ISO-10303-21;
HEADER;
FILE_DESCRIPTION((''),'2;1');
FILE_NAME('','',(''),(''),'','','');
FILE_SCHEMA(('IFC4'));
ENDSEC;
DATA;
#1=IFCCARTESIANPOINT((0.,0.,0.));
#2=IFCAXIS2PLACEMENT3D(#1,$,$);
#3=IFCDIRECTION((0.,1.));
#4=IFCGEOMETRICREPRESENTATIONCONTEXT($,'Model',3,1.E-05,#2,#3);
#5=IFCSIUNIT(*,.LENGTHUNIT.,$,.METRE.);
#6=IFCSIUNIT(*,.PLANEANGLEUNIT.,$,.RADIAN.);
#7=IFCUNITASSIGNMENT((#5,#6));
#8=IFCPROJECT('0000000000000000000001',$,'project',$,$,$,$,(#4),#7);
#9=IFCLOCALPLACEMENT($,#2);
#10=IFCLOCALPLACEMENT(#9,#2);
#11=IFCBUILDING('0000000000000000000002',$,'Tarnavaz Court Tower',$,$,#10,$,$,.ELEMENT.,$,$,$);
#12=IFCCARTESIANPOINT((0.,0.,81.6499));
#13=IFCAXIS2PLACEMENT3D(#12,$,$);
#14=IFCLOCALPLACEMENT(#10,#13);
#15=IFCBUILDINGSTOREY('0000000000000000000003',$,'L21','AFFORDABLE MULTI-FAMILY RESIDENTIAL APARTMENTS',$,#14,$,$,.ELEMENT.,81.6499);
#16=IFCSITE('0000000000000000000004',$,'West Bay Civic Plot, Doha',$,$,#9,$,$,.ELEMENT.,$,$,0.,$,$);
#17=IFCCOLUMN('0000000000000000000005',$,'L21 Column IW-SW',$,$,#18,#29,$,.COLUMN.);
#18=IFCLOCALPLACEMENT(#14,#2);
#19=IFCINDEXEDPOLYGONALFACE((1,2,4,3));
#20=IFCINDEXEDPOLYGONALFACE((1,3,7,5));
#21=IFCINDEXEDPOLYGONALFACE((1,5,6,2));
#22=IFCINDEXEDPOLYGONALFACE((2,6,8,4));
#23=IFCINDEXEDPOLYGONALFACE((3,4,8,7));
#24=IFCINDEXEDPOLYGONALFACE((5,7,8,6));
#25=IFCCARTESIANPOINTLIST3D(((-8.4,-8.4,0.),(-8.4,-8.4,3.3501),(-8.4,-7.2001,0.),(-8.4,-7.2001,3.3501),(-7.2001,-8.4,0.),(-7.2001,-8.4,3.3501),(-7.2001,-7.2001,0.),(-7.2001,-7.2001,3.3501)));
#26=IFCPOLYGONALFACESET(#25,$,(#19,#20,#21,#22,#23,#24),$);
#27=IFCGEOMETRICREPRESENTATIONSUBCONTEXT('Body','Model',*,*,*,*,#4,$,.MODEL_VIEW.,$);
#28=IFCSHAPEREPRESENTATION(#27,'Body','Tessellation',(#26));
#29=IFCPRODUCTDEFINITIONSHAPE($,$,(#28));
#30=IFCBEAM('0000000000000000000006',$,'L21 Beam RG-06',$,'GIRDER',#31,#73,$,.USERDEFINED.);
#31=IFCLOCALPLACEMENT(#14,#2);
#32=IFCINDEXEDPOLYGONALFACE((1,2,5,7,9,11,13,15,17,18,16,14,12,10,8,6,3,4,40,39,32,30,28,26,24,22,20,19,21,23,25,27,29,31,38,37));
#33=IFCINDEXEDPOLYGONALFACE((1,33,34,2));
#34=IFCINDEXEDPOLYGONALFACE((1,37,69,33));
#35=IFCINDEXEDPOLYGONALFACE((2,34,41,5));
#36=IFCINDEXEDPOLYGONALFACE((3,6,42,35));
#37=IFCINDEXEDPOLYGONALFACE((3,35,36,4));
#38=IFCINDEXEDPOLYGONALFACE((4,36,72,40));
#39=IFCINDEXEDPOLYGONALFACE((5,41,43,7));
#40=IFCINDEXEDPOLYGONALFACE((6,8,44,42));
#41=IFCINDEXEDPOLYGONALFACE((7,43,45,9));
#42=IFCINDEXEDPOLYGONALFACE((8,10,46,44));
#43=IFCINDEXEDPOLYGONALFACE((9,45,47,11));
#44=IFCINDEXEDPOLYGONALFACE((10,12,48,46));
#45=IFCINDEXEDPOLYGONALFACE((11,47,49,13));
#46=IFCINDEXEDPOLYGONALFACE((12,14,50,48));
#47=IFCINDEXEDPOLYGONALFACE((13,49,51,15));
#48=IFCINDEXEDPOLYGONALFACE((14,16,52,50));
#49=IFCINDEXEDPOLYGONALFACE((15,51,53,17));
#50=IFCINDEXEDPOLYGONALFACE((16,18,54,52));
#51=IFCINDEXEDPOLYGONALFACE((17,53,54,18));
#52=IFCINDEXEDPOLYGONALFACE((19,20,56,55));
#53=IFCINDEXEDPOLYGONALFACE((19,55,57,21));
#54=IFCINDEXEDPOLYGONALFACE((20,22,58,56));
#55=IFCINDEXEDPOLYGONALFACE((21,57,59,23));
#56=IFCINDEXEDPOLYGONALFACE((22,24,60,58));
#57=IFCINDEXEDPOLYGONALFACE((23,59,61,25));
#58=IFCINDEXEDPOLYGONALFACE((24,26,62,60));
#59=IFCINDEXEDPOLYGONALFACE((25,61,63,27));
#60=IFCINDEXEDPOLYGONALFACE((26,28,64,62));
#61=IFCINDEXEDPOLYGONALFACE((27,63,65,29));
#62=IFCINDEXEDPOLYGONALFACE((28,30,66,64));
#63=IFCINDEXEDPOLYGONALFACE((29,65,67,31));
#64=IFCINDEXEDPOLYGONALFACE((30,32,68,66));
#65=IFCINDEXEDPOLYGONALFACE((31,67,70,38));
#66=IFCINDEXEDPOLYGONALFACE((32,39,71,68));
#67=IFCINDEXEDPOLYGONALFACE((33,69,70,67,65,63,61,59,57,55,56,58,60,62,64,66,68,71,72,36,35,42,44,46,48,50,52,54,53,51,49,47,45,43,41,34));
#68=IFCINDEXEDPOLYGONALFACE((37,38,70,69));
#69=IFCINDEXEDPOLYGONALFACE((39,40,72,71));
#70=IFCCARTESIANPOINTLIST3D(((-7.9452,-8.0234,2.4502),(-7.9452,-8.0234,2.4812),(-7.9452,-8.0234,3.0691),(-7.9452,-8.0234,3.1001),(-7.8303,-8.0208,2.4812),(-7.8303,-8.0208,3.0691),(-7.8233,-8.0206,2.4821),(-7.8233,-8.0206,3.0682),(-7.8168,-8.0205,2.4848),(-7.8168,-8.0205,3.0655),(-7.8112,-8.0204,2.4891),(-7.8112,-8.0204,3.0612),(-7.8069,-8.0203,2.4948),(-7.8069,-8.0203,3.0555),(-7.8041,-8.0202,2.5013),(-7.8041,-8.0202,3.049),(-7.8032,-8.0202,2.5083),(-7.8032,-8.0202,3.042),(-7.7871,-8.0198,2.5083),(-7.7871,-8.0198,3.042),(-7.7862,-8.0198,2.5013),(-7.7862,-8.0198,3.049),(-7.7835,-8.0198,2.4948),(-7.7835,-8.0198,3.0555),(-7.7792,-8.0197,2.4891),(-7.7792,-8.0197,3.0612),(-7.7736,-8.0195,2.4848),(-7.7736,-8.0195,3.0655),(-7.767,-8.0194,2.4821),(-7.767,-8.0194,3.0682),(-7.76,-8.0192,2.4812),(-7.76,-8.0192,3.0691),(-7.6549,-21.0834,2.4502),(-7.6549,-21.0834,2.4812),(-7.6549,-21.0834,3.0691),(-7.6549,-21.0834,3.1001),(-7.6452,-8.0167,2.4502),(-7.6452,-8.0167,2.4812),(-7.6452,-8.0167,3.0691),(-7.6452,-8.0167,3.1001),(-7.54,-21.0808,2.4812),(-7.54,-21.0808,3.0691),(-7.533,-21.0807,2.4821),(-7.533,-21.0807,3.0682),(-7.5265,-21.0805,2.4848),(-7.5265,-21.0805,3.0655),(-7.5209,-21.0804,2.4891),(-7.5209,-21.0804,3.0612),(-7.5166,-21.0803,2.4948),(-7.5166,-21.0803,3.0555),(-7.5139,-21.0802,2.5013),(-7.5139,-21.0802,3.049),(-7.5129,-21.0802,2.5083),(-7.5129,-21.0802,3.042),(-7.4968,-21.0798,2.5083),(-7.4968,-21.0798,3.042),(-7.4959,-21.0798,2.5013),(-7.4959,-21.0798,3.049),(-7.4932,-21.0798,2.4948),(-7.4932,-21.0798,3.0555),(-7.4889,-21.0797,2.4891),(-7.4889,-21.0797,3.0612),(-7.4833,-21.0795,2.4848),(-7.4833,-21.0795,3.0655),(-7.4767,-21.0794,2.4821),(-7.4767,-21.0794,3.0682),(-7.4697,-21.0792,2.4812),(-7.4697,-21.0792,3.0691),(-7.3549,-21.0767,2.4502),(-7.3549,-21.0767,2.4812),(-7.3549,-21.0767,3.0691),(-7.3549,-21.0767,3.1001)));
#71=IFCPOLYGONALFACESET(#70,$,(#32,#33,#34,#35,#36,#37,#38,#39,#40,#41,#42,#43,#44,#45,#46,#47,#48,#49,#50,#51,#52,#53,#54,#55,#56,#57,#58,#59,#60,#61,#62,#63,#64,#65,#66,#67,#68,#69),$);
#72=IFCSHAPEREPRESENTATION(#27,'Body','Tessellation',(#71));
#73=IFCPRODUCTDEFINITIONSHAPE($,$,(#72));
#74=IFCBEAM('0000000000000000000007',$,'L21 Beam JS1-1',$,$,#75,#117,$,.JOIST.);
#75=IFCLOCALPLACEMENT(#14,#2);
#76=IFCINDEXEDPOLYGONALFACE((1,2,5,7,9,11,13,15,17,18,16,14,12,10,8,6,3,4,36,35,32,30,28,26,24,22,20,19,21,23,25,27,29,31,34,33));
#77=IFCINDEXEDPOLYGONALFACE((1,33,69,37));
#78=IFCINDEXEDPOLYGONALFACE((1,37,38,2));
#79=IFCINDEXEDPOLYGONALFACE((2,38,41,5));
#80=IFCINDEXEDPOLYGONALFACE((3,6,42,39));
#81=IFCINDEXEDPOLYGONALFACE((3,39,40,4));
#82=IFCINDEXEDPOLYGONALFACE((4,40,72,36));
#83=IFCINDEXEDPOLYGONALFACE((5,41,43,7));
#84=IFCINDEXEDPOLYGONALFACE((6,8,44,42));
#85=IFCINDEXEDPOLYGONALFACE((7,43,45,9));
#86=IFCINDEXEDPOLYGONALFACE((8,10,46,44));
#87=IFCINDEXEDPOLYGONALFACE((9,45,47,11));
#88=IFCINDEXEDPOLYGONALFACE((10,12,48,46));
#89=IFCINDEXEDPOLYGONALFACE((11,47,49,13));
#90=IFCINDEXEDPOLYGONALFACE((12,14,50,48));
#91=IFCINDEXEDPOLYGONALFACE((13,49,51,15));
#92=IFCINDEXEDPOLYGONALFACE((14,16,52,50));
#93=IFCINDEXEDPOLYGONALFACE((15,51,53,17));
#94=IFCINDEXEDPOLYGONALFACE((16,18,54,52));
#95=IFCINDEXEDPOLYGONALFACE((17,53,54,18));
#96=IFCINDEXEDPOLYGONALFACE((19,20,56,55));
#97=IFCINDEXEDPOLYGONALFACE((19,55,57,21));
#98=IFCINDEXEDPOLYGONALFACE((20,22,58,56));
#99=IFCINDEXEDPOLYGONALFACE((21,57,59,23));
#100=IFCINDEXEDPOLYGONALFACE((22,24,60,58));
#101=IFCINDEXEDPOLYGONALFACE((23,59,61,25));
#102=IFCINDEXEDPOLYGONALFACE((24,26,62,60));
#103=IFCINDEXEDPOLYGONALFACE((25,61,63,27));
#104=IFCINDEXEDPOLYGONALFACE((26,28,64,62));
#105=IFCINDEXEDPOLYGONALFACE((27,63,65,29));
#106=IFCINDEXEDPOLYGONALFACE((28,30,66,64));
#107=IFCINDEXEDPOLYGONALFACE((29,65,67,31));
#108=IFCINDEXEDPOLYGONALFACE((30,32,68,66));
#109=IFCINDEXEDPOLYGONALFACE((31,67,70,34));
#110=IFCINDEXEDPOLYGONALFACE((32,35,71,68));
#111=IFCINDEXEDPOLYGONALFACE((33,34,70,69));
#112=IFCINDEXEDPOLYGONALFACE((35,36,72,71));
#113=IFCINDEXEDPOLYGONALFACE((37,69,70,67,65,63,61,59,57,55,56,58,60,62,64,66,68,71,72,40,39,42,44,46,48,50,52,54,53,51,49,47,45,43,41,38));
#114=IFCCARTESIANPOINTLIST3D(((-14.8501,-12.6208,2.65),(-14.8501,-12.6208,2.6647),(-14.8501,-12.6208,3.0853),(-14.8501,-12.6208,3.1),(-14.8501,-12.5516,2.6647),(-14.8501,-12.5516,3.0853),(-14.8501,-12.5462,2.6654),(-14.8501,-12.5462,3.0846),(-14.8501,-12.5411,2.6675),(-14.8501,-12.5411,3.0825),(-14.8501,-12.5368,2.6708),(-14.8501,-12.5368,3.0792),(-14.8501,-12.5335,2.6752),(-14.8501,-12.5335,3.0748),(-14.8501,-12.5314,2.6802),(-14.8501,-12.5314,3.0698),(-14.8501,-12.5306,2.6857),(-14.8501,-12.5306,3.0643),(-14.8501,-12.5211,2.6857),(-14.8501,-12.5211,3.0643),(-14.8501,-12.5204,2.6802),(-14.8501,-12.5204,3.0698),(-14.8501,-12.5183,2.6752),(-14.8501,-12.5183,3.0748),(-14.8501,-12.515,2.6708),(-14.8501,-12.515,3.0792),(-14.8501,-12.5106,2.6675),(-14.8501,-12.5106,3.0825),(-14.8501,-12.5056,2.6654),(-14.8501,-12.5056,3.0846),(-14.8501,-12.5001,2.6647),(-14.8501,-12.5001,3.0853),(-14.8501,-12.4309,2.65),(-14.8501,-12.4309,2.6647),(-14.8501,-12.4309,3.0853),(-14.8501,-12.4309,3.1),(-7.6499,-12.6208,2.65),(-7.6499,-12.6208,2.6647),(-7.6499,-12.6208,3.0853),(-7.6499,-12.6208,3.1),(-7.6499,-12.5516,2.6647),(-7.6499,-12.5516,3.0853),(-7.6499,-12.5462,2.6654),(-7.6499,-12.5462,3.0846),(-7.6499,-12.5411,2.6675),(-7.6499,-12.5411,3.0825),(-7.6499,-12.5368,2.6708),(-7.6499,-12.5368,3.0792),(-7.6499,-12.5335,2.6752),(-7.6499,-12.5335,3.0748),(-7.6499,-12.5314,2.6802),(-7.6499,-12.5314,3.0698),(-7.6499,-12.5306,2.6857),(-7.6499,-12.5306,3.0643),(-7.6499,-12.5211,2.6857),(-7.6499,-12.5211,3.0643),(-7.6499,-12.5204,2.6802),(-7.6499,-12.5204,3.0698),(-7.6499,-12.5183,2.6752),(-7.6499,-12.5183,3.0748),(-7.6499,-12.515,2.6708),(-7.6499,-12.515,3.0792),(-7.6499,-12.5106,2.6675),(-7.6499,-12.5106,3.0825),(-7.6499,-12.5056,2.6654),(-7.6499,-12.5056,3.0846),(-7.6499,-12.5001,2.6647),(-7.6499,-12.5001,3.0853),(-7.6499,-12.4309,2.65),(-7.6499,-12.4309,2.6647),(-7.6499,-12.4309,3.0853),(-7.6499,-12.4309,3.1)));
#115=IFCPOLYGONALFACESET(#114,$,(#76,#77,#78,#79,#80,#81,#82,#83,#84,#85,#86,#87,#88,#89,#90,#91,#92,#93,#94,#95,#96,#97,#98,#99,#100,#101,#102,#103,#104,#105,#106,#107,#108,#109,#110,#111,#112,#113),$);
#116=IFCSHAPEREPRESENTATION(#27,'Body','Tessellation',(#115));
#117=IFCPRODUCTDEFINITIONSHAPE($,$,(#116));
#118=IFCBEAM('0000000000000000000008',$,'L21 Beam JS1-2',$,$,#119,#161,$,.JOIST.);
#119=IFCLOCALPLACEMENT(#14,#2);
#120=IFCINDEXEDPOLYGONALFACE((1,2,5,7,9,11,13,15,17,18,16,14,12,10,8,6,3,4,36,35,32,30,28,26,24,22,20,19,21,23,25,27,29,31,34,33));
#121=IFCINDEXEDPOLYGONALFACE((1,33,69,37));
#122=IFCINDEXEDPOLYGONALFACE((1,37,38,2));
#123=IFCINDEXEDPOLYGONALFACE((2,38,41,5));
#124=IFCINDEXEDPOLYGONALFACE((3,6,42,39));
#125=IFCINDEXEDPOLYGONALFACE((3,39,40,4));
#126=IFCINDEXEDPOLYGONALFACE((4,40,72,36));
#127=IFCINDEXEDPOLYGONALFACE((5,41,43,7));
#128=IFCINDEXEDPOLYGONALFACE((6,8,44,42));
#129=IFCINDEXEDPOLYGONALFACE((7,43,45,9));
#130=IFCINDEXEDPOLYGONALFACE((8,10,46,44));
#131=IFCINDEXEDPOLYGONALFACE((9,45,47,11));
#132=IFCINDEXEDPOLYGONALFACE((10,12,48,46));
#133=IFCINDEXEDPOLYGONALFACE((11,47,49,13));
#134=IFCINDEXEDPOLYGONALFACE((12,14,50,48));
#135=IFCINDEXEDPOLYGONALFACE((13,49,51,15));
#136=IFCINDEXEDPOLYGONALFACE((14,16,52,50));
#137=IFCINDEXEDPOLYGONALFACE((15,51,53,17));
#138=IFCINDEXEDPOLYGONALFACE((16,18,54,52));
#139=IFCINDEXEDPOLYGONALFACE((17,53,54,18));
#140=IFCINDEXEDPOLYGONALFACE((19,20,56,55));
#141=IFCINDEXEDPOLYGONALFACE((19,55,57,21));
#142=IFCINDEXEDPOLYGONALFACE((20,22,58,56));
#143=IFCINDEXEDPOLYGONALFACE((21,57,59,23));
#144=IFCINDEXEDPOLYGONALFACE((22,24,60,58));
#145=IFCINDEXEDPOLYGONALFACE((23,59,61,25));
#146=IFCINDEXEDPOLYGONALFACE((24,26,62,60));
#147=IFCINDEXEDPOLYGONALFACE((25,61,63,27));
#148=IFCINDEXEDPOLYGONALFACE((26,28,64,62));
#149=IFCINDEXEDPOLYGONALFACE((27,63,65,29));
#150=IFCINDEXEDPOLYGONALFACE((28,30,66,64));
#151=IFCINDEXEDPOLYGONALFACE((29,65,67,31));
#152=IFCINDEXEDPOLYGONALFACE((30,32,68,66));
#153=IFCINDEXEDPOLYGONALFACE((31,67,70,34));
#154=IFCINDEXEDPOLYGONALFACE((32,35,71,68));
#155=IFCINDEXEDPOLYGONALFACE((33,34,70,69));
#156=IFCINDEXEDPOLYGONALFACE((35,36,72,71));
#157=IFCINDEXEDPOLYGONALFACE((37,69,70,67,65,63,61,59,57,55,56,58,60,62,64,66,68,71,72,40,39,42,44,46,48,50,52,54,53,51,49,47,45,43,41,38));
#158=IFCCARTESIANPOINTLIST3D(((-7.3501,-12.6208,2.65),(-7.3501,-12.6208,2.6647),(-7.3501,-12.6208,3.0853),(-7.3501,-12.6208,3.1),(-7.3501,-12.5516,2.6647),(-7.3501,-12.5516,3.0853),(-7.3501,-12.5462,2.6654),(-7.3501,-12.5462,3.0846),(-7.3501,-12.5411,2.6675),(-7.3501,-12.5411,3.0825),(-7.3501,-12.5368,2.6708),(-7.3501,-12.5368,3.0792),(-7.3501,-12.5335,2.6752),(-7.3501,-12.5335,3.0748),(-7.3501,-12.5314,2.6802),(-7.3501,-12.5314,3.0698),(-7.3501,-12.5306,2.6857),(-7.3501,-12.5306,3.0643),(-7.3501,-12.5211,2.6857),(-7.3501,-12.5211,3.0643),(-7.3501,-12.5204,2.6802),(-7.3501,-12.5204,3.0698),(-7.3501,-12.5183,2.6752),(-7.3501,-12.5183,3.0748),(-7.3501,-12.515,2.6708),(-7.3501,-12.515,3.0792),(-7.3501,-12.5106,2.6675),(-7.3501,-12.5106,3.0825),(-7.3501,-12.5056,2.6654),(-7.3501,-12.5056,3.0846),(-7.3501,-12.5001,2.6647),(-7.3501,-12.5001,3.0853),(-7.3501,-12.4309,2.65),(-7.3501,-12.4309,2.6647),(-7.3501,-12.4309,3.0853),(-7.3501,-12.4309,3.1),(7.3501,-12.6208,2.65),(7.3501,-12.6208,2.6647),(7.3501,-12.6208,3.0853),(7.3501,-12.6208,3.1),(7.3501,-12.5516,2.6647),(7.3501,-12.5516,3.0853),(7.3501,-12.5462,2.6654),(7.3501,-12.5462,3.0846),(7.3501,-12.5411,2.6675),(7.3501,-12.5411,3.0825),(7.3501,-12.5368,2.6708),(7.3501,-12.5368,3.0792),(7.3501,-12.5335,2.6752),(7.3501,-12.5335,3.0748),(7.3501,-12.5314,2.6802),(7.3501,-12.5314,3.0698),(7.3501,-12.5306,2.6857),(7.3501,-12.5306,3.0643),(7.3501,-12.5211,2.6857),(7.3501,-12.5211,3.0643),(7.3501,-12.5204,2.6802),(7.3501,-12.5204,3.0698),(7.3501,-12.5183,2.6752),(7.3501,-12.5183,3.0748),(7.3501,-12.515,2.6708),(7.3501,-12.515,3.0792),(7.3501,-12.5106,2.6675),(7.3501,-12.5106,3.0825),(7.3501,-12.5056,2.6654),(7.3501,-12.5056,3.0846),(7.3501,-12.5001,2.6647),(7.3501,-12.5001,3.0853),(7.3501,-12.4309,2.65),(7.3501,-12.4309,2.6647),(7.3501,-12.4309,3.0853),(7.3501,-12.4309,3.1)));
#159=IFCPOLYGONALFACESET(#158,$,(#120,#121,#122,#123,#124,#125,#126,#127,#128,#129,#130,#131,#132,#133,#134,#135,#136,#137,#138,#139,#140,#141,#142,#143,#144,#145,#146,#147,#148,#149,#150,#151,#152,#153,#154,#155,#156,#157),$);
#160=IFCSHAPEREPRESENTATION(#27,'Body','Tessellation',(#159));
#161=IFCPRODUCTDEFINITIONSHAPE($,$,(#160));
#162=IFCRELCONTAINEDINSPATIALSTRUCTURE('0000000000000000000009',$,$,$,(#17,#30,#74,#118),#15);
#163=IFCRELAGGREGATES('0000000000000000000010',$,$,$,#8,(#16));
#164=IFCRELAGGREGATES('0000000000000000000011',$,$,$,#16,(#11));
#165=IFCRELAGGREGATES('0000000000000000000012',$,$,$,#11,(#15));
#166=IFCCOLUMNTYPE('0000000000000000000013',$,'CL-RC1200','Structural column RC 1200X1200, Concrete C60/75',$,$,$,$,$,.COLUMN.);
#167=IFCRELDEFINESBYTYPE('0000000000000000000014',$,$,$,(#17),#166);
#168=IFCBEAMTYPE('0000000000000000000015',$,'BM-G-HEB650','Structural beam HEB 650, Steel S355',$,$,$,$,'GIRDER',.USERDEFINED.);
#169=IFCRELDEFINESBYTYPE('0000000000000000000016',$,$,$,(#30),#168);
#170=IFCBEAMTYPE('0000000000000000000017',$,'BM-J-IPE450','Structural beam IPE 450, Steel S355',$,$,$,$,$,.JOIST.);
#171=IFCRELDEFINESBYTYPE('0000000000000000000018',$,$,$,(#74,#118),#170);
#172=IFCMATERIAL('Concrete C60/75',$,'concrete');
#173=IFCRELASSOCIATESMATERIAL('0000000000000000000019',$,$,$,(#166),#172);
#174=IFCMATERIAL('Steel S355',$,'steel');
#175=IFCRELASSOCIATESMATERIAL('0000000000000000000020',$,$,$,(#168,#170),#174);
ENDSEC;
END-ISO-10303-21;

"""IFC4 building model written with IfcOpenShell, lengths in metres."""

from ifc_helpers import new_model, si_unit, direction, frame, origin, origin_2d, place, context, subcontext, project, spatial, rectangle, i_section, extrude, material, material_profile, profile_set, type_object, element, save


model = new_model("IFC4")

# Units and contexts
model_context = context("Model", 3, precision=1e-05, world=origin(), true_north=direction((0.0, 1.0)))
body_context = subcontext(model_context, "Body", "Model", "MODEL_VIEW")
ifc_project = project(units=[si_unit("LENGTHUNIT", "METRE"), si_unit("PLANEANGLEUNIT", "RADIAN")], contexts=[model_context])

# Site, building, storey
site_placement = place(None, origin())
site = spatial("IfcSite", under=ifc_project, at=site_placement, Name="West Bay Civic Plot, Doha", CompositionType="ELEMENT", RefElevation=0.0)
building_placement = place(site_placement, origin())
building = spatial("IfcBuilding", under=site, at=building_placement, Name="Tarnavaz Court Tower", CompositionType="ELEMENT")
storey_placement = place(building_placement, frame((0.0, 0.0, 81.6499)))
storey = spatial("IfcBuildingStorey", under=building, at=storey_placement, Name="L21", Description="AFFORDABLE MULTI-FAMILY RESIDENTIAL APARTMENTS", CompositionType="ELEMENT", Elevation=81.6499)

# Column
ifc_material_1 = material(Name="Concrete C60/75", Category="concrete")
ifc_material_profile_1 = material_profile(ifc_material_1, rectangle(XDim=1.2, YDim=1.2, at=origin_2d()), Name="RC 1200X1200")
ifc_profile_set_1 = profile_set([ifc_material_profile_1], Name="Concrete C60/75")
column_type = type_object("IfcColumnType", Name="CL-RC1200", Description="Structural column RC 1200X1200, Concrete C60/75", PredefinedType="COLUMN", material=ifc_profile_set_1)
column_placement = place(storey_placement, frame((-7.8, -7.8, 0.0), z_axis=(0.0, 0.0, 1.0), x_axis=(1.0, 0.0, 0.0)))
element("IfcColumn", 1, at=column_placement, inside=storey, type_object=column_type, Name="L21 Column IW-SW", PredefinedType="COLUMN", context=body_context, shape_type="SweptSolid", body=[
    extrude(rectangle(XDim=1.2, YDim=1.2, at=origin_2d()), origin(), (0.0, 0.0, 1.0), 3.3501),
])

# Beams
ifc_material_2 = material(Name="Steel S355", Category="steel")
ifc_material_profile_2 = material_profile(ifc_material_2, i_section(OverallWidth=0.3, OverallDepth=0.6499, WebThickness=0.0161, FlangeThickness=0.031, FilletRadius=0.0271, at=origin_2d()), Name="HEB 650")
ifc_profile_set_2 = profile_set([ifc_material_profile_2], Name="Steel S355")
beam_type_1 = type_object("IfcBeamType", Name="BM-G-HEB650", Description="Structural beam HEB 650, Steel S355", ElementType="GIRDER", PredefinedType="USERDEFINED", material=ifc_profile_set_2)
beam_1_placement = place(storey_placement, frame((-7.7952, -8.02, 2.7751), z_axis=(0.022221, -0.999753, 0.0), x_axis=(0.999753, 0.022221, 0.0)))
element("IfcBeam", 2, at=beam_1_placement, inside=storey, type_object=beam_type_1, Name="L21 Beam RG-06", ObjectType="GIRDER", PredefinedType="USERDEFINED", context=body_context, shape_type="SweptSolid", body=[
    extrude(i_section(OverallWidth=0.3, OverallDepth=0.6499, WebThickness=0.0161, FlangeThickness=0.031, FilletRadius=0.0271, at=origin_2d()), origin(), (0.0, 0.0, 1.0), 13.0632),
])
ifc_material_profile_3 = material_profile(ifc_material_2, i_section(OverallWidth=0.1899, OverallDepth=0.45, WebThickness=0.0095, FlangeThickness=0.0146, FilletRadius=0.021, at=origin_2d()), Name="IPE 450")
ifc_profile_set_3 = profile_set([ifc_material_profile_3], Name="Steel S355")
beam_type_2 = type_object("IfcBeamType", Name="BM-J-IPE450", Description="Structural beam IPE 450, Steel S355", PredefinedType="JOIST", material=ifc_profile_set_3)
beam_2_placement = place(storey_placement, frame((-14.8501, -12.5259, 2.875), z_axis=(1.0, 0.0, 0.0), x_axis=(0.0, 1.0, 0.0)))
element("IfcBeam", 3, at=beam_2_placement, inside=storey, type_object=beam_type_2, Name="L21 Beam JS1-1", PredefinedType="JOIST", context=body_context, shape_type="SweptSolid", body=[
    extrude(i_section(OverallWidth=0.1899, OverallDepth=0.45, WebThickness=0.0095, FlangeThickness=0.0146, FilletRadius=0.021, at=origin_2d()), origin(), (0.0, 0.0, 1.0), 7.2002),
])
beam_3_placement = place(storey_placement, frame((-7.3501, -12.5259, 2.875), z_axis=(1.0, 0.0, 0.0), x_axis=(0.0, 1.0, 0.0)))
element("IfcBeam", 4, at=beam_3_placement, inside=storey, type_object=beam_type_2, Name="L21 Beam JS1-2", PredefinedType="JOIST", context=body_context, shape_type="SweptSolid", body=[
    extrude(i_section(OverallWidth=0.1899, OverallDepth=0.45, WebThickness=0.0095, FlangeThickness=0.0146, FilletRadius=0.021, at=origin_2d()), origin(), (0.0, 0.0, 1.0), 14.7002),
])

save(model, "model.ifc")
